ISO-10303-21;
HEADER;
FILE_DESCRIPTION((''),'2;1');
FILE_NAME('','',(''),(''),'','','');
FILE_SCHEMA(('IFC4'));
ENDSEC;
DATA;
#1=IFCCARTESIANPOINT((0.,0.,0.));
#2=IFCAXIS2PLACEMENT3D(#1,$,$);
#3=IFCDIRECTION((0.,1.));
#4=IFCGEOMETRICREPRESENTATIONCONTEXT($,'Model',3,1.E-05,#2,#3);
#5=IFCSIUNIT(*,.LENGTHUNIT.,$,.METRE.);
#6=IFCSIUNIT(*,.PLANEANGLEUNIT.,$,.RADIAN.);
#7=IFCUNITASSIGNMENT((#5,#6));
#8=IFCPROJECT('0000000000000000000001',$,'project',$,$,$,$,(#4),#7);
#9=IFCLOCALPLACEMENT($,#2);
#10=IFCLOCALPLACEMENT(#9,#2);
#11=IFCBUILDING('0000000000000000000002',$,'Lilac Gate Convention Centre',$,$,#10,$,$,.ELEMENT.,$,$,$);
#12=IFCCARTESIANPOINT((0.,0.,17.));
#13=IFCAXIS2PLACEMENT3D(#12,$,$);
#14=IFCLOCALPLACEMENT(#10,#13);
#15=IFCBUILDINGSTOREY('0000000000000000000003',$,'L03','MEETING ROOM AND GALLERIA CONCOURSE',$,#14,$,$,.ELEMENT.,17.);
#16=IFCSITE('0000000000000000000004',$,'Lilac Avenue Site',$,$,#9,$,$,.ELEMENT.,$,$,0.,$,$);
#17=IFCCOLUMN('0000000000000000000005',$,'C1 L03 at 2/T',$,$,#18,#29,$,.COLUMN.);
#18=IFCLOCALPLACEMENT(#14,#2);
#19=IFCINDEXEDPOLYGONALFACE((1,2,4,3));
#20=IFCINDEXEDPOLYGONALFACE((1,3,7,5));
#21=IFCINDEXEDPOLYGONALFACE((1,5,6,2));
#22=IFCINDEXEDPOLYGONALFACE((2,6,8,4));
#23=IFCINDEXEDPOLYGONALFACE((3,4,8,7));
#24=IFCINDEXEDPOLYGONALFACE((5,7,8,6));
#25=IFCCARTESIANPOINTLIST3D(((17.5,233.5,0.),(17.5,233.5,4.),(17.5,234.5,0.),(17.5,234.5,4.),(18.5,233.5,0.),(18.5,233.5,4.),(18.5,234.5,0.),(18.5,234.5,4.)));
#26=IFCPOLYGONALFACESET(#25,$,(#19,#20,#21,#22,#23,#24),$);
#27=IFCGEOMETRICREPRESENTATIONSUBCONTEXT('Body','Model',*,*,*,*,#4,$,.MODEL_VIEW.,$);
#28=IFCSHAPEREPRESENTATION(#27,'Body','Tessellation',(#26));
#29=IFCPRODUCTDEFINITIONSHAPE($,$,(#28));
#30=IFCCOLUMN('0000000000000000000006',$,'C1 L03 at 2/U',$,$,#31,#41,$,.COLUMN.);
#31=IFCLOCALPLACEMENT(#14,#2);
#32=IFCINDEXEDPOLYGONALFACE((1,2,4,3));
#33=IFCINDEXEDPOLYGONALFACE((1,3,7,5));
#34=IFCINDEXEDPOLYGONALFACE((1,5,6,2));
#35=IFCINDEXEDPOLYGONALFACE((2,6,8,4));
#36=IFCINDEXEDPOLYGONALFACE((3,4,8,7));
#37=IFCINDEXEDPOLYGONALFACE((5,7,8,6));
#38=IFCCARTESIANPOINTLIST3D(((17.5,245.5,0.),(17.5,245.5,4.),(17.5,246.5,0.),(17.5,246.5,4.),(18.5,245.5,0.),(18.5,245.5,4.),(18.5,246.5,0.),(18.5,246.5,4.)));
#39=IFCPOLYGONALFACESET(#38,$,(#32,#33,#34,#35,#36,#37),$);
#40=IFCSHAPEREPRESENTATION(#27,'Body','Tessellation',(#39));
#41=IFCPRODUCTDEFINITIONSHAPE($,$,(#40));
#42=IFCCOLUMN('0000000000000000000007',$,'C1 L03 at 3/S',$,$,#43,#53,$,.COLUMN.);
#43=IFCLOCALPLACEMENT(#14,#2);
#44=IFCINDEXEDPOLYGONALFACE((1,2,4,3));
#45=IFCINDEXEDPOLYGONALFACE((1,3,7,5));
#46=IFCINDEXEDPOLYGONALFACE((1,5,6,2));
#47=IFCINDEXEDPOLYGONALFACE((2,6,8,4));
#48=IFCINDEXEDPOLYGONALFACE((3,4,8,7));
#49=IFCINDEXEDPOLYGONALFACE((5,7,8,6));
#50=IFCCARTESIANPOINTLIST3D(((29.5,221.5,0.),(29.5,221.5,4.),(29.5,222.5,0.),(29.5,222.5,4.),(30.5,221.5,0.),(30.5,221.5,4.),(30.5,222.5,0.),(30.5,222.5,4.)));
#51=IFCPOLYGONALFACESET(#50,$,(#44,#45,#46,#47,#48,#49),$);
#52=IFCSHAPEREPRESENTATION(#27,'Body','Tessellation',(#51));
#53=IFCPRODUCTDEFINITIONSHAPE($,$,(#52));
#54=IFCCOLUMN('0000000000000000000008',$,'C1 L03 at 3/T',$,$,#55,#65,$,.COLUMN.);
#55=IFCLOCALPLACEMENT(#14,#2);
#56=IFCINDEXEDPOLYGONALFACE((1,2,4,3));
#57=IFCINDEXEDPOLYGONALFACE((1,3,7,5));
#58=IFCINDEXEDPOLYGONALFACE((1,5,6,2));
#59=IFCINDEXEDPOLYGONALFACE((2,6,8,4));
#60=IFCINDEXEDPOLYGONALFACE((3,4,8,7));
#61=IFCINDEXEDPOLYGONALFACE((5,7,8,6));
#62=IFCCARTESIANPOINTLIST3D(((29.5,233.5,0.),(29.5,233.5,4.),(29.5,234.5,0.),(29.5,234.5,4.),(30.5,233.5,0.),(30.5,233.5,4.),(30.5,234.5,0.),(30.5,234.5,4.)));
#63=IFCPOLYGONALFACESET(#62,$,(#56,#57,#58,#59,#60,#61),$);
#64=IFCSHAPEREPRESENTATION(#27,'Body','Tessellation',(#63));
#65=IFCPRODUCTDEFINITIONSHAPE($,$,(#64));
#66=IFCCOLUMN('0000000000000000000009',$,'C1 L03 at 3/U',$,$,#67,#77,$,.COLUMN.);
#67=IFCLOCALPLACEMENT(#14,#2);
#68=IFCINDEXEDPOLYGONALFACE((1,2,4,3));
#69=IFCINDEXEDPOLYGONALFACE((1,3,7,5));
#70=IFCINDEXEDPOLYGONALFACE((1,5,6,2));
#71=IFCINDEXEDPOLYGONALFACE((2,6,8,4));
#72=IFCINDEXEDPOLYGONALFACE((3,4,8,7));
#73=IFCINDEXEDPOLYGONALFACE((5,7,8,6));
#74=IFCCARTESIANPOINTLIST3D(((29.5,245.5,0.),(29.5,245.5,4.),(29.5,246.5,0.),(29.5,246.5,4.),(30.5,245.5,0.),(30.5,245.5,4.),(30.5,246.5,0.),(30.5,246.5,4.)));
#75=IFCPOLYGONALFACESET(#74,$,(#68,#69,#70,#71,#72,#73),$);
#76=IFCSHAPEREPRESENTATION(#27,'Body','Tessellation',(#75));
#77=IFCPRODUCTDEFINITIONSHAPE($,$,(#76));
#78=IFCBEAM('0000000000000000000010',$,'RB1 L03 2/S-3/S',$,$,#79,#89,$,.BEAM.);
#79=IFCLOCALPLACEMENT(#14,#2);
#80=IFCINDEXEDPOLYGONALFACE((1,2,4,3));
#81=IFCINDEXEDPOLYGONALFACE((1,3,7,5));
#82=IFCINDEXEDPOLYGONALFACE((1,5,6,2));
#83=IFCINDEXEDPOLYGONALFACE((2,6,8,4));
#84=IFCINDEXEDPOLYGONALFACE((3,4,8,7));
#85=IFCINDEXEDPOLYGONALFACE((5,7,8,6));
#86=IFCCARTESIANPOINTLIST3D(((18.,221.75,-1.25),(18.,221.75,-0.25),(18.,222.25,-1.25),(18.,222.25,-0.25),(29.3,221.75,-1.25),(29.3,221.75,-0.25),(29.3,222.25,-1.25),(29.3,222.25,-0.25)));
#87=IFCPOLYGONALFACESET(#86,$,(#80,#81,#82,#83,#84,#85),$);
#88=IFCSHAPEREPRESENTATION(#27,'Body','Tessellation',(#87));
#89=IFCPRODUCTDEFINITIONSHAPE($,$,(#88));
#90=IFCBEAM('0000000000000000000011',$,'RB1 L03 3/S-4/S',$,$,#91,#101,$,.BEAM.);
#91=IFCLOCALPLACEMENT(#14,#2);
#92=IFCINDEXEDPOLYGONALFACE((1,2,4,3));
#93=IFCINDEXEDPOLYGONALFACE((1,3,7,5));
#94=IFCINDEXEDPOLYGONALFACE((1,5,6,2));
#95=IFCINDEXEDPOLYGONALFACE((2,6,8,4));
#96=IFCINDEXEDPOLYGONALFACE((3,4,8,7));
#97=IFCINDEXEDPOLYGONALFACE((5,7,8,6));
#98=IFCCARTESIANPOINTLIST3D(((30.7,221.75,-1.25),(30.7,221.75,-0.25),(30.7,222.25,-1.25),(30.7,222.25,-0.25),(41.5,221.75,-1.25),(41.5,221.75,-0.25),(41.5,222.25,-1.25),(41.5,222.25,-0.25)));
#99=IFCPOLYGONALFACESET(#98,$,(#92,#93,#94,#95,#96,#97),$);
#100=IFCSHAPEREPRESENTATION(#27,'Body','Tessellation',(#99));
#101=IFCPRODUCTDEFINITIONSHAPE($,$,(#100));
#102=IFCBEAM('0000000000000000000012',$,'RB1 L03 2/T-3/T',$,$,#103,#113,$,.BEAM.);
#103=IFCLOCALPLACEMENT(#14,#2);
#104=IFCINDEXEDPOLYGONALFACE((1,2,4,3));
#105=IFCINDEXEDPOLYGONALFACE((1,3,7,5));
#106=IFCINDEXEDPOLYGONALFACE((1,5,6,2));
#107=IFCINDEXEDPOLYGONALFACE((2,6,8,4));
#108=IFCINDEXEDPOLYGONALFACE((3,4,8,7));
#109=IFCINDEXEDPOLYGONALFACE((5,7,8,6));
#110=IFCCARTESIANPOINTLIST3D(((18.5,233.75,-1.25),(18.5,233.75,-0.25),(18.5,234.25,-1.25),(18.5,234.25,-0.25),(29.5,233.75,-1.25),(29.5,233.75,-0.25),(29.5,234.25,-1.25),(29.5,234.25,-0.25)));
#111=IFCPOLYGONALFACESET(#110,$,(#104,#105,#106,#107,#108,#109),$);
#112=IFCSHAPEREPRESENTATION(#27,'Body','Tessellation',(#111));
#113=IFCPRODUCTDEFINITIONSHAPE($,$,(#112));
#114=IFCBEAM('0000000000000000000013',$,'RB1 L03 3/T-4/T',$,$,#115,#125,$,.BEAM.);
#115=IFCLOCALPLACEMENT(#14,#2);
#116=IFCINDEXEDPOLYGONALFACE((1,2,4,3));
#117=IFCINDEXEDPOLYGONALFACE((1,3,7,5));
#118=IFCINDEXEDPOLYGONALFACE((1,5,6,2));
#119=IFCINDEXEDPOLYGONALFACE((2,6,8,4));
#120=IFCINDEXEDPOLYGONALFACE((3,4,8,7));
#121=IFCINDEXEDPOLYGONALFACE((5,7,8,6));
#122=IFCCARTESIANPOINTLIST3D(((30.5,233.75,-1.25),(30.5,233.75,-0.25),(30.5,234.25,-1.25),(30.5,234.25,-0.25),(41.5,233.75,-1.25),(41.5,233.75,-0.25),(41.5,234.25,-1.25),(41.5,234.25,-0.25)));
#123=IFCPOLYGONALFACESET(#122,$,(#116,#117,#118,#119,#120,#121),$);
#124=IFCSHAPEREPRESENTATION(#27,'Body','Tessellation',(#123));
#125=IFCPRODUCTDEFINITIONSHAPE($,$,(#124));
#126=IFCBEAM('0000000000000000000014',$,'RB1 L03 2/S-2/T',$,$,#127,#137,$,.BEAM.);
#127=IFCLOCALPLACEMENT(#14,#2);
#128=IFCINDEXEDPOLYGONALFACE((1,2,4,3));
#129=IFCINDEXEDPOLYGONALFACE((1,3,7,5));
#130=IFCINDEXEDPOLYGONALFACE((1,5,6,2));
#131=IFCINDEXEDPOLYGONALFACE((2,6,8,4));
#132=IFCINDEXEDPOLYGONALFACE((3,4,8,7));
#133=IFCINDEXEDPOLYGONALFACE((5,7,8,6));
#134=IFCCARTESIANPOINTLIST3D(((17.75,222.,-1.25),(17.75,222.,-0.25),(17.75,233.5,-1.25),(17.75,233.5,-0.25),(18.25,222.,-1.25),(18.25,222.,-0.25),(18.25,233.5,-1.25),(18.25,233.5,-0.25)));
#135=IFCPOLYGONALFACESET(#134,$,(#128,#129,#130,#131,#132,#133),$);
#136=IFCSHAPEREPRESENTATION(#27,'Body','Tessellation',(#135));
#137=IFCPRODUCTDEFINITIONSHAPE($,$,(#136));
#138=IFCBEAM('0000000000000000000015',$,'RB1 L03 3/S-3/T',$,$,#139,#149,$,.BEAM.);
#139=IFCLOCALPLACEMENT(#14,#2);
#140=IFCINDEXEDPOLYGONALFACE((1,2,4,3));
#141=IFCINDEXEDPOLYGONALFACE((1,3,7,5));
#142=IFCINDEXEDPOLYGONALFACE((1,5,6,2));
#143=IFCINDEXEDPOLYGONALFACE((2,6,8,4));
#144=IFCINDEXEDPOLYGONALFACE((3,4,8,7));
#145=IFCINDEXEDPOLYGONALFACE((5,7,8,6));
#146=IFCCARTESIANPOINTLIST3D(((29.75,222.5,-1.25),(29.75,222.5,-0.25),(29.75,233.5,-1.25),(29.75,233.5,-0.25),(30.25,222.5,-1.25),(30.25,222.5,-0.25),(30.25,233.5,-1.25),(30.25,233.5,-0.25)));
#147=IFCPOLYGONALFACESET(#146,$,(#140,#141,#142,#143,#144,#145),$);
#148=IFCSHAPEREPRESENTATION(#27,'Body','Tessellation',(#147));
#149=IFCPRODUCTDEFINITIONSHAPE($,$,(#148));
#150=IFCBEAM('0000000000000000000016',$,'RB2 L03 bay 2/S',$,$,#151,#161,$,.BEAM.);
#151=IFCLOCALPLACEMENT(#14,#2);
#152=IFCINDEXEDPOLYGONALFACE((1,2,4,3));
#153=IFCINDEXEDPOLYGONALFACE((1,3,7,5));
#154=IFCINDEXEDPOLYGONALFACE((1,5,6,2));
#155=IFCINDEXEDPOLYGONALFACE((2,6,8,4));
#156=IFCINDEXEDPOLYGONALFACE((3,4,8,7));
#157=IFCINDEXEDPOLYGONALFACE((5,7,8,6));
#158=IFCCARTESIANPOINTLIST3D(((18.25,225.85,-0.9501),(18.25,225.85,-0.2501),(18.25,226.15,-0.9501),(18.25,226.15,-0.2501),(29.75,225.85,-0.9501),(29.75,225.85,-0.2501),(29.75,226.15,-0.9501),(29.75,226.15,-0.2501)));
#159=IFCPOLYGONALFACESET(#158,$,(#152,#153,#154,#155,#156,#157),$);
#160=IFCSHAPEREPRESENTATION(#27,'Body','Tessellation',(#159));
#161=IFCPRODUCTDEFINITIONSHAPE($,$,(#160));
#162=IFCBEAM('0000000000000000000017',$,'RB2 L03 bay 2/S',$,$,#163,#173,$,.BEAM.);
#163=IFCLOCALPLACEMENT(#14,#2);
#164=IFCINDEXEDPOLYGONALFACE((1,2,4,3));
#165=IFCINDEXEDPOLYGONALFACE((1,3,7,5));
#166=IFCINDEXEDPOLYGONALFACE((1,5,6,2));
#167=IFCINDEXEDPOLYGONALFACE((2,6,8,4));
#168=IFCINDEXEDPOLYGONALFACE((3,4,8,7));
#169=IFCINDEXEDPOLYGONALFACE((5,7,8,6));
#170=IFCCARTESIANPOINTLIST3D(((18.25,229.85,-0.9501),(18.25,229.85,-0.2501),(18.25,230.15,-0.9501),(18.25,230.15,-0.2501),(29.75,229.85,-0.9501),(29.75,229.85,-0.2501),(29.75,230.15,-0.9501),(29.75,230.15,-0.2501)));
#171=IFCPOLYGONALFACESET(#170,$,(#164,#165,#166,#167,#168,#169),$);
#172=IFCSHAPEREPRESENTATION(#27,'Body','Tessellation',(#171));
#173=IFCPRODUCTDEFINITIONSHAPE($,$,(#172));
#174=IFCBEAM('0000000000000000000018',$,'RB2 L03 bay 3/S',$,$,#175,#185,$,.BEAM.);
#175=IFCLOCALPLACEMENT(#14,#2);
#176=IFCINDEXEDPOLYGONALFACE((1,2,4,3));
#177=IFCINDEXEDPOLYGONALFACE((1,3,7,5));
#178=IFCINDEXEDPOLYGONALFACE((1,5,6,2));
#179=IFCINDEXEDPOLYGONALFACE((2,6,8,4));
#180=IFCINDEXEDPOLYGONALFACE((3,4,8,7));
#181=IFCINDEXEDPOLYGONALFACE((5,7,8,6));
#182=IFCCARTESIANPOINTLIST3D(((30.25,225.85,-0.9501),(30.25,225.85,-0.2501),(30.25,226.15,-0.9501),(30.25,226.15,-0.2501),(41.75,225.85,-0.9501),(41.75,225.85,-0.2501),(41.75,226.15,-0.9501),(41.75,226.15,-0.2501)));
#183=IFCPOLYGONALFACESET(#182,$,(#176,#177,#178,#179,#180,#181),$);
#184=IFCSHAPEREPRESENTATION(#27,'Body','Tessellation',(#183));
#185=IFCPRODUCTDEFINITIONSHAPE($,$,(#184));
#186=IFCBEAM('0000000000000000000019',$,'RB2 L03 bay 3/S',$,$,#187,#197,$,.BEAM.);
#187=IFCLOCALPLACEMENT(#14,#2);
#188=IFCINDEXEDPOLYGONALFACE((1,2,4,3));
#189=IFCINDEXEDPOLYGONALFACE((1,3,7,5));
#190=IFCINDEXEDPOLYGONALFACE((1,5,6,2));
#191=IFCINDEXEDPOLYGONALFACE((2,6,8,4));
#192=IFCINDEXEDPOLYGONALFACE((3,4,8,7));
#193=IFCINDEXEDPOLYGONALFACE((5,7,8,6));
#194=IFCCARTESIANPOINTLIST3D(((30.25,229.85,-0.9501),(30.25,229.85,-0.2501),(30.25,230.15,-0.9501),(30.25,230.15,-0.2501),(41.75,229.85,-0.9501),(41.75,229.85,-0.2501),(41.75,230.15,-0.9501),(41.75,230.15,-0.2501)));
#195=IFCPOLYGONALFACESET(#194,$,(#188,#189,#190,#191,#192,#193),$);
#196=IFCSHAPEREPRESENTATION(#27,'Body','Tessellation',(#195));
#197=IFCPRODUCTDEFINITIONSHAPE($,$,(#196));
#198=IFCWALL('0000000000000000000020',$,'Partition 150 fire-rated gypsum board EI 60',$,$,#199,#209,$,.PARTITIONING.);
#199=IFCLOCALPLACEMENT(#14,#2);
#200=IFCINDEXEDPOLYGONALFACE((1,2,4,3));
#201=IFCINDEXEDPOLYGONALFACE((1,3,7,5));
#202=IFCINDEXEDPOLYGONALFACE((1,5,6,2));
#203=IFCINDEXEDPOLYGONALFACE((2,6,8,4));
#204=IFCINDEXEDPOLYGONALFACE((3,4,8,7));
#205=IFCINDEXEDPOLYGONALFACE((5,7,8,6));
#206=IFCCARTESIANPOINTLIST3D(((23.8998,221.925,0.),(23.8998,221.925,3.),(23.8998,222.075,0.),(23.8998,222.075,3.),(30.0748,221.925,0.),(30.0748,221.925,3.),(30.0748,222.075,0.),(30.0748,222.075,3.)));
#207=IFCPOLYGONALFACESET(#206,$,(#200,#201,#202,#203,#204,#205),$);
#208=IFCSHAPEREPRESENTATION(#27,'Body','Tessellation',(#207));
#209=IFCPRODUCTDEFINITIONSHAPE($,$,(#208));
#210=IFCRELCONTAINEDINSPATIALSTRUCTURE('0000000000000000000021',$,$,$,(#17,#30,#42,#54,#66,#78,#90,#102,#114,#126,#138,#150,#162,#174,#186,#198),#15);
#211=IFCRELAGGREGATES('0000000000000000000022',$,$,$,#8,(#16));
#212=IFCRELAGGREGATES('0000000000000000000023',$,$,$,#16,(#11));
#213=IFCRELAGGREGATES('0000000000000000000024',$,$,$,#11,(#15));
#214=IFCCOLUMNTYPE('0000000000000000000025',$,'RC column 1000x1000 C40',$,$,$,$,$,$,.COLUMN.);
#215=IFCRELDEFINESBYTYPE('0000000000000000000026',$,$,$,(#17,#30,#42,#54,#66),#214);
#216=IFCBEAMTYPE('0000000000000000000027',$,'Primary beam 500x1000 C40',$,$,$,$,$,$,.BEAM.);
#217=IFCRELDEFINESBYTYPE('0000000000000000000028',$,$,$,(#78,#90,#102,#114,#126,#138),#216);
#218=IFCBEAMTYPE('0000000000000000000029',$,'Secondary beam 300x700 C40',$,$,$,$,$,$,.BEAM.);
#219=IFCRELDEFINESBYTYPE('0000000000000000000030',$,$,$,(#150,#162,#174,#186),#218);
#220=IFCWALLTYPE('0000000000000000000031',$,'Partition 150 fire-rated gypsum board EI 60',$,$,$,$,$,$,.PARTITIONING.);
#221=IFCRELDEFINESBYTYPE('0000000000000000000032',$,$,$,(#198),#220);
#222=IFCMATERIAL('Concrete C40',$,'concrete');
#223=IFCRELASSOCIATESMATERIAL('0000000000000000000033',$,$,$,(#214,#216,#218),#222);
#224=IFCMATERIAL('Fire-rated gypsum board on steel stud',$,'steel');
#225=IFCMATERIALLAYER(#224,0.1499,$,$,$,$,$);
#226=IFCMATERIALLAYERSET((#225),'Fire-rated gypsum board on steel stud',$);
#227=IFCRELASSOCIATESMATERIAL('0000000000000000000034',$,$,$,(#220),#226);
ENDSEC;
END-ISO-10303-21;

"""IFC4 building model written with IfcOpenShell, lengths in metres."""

from ifc_helpers import new_model, si_unit, direction, frame, frame_2d, origin, origin_2d, place, context, subcontext, project, spatial, rectangle, extrude, material, layer, layer_set, material_profile, profile_set, type_object, element, save


model = new_model("IFC4")

# Units and contexts
model_context = context("Model", 3, precision=1e-05, world=origin(), true_north=direction((0.0, 1.0)))
body_context = subcontext(model_context, "Body", "Model", "MODEL_VIEW")
ifc_project = project(units=[si_unit("LENGTHUNIT", "METRE"), si_unit("PLANEANGLEUNIT", "RADIAN")], contexts=[model_context])

# Site, building, storey
site_placement = place(None, origin())
site = spatial("IfcSite", under=ifc_project, at=site_placement, Name="Lilac Avenue Site", CompositionType="ELEMENT", RefElevation=0.0)
building_placement = place(site_placement, origin())
building = spatial("IfcBuilding", under=site, at=building_placement, Name="Lilac Gate Convention Centre", CompositionType="ELEMENT")
storey_placement = place(building_placement, frame((0.0, 0.0, 17.0)))
storey = spatial("IfcBuildingStorey", under=building, at=storey_placement, Name="L03", Description="MEETING ROOM AND GALLERIA CONCOURSE", CompositionType="ELEMENT", Elevation=17.0)

# Columns
ifc_material_1 = material(Name="Concrete C40", Category="concrete")
ifc_material_profile_1 = material_profile(ifc_material_1, rectangle(XDim=1.0, YDim=1.0, at=origin_2d()), Name="RC 1000x1000")
ifc_profile_set_1 = profile_set([ifc_material_profile_1], Name="Concrete C40")
column_type = type_object("IfcColumnType", Name="RC column 1000x1000 C40", PredefinedType="COLUMN", material=ifc_profile_set_1)
for number, where, z_axis, x_axis, name in (
    (1, (18.0, 234.0, 0.0), (0.0, 0.0, 1.0), (1.0, 0.0, 0.0), "C1 L03 at 2/T"),
    (2, (18.0, 246.0, 0.0), (0.0, 0.0, 1.0), (1.0, 0.0, 0.0), "C1 L03 at 2/U"),
    (3, (30.0, 222.0, 0.0), (0.0, 0.0, 1.0), (1.0, 0.0, 0.0), "C1 L03 at 3/S"),
    (4, (30.0, 234.0, 0.0), (0.0, 0.0, 1.0), (1.0, 0.0, 0.0), "C1 L03 at 3/T"),
    (5, (30.0, 246.0, 0.0), (0.0, 0.0, 1.0), (1.0, 0.0, 0.0), "C1 L03 at 3/U"),
):
    element("IfcColumn", number, at=place(storey_placement, frame(where, z_axis=z_axis, x_axis=x_axis)), inside=storey, type_object=column_type, Name=name, PredefinedType="COLUMN", context=body_context, shape_type="SweptSolid", body=[
        extrude(rectangle(XDim=1.0, YDim=1.0, at=origin_2d()), origin(), (0.0, 0.0, 1.0), 4.0),
    ])

# Beams
ifc_material_profile_2 = material_profile(ifc_material_1, rectangle(XDim=0.5, YDim=1.0, at=origin_2d()), Name="RC 500x1000")
ifc_profile_set_2 = profile_set([ifc_material_profile_2], Name="Concrete C40")
beam_type_1 = type_object("IfcBeamType", Name="Primary beam 500x1000 C40", PredefinedType="BEAM", material=ifc_profile_set_2)
beam_1_placement = place(storey_placement, frame((18.0, 222.0, -0.75), z_axis=(1.0, 0.0, 0.0), x_axis=(0.0, 1.0, 0.0)))
element("IfcBeam", 6, at=beam_1_placement, inside=storey, type_object=beam_type_1, Name="RB1 L03 2/S-3/S", PredefinedType="BEAM", context=body_context, shape_type="SweptSolid", body=[
    extrude(rectangle(XDim=0.5, YDim=1.0, at=origin_2d()), origin(), (0.0, 0.0, 1.0), 11.3),
])
beam_2_placement = place(storey_placement, frame((30.7, 222.0, -0.75), z_axis=(1.0, 0.0, 0.0), x_axis=(0.0, 1.0, 0.0)))
element("IfcBeam", 7, at=beam_2_placement, inside=storey, type_object=beam_type_1, Name="RB1 L03 3/S-4/S", PredefinedType="BEAM", context=body_context, shape_type="SweptSolid", body=[
    extrude(rectangle(XDim=0.5, YDim=1.0, at=origin_2d()), origin(), (0.0, 0.0, 1.0), 10.8),
])
for number, where, z_axis, x_axis, name in (
    (8, (18.5, 234.0, -0.75), (1.0, 0.0, 0.0), (0.0, 1.0, 0.0), "RB1 L03 2/T-3/T"),
    (9, (30.5, 234.0, -0.75), (1.0, 0.0, 0.0), (0.0, 1.0, 0.0), "RB1 L03 3/T-4/T"),
):
    element("IfcBeam", number, at=place(storey_placement, frame(where, z_axis=z_axis, x_axis=x_axis)), inside=storey, type_object=beam_type_1, Name=name, PredefinedType="BEAM", context=body_context, shape_type="SweptSolid", body=[
        extrude(rectangle(XDim=0.5, YDim=1.0, at=origin_2d()), origin(), (0.0, 0.0, 1.0), 11.0),
    ])
beam_3_placement = place(storey_placement, frame((18.0, 222.0, -0.75), z_axis=(0.0, 1.0, 0.0), x_axis=(-1.0, 0.0, 0.0)))
element("IfcBeam", 10, at=beam_3_placement, inside=storey, type_object=beam_type_1, Name="RB1 L03 2/S-2/T", PredefinedType="BEAM", context=body_context, shape_type="SweptSolid", body=[
    extrude(rectangle(XDim=0.5, YDim=1.0, at=origin_2d()), origin(), (0.0, 0.0, 1.0), 11.5),
])
beam_4_placement = place(storey_placement, frame((30.0, 222.5, -0.75), z_axis=(0.0, 1.0, 0.0), x_axis=(-1.0, 0.0, 0.0)))
element("IfcBeam", 11, at=beam_4_placement, inside=storey, type_object=beam_type_1, Name="RB1 L03 3/S-3/T", PredefinedType="BEAM", context=body_context, shape_type="SweptSolid", body=[
    extrude(rectangle(XDim=0.5, YDim=1.0, at=origin_2d()), origin(), (0.0, 0.0, 1.0), 11.0),
])
ifc_material_profile_3 = material_profile(ifc_material_1, rectangle(XDim=0.3, YDim=0.7, at=origin_2d()), Name="RC 300x700")
ifc_profile_set_3 = profile_set([ifc_material_profile_3], Name="Concrete C40")
beam_type_2 = type_object("IfcBeamType", Name="Secondary beam 300x700 C40", PredefinedType="BEAM", material=ifc_profile_set_3)
for number, where, z_axis, x_axis, name in (
    (12, (18.25, 226.0, -0.6001), (1.0, 0.0, 0.0), (0.0, 1.0, 0.0), "RB2 L03 bay 2/S"),
    (13, (18.25, 230.0, -0.6001), (1.0, 0.0, 0.0), (0.0, 1.0, 0.0), "RB2 L03 bay 2/S"),
    (14, (30.25, 226.0, -0.6001), (1.0, 0.0, 0.0), (0.0, 1.0, 0.0), "RB2 L03 bay 3/S"),
    (15, (30.25, 230.0, -0.6001), (1.0, 0.0, 0.0), (0.0, 1.0, 0.0), "RB2 L03 bay 3/S"),
):
    element("IfcBeam", number, at=place(storey_placement, frame(where, z_axis=z_axis, x_axis=x_axis)), inside=storey, type_object=beam_type_2, Name=name, PredefinedType="BEAM", context=body_context, shape_type="SweptSolid", body=[
        extrude(rectangle(XDim=0.3, YDim=0.7, at=origin_2d()), origin(), (0.0, 0.0, 1.0), 11.5),
    ])

# Wall
ifc_material_2 = material(Name="Fire-rated gypsum board on steel stud", Category="steel")
ifc_layer_1 = layer(ifc_material_2, 0.1499)
ifc_layer_set_1 = layer_set([ifc_layer_1], Name="Fire-rated gypsum board on steel stud")
wall_type_1 = type_object("IfcWallType", Name="Partition 150 fire-rated gypsum board EI 60", PredefinedType="PARTITIONING", material=ifc_layer_set_1)
wall_1_placement = place(storey_placement, frame((23.8999, 222.0, 0.0), z_axis=(0.0, 0.0, 1.0), x_axis=(1.0, 0.0, 0.0)))
element("IfcWall", 16, at=wall_1_placement, inside=storey, type_object=wall_type_1, Name="Partition 150 fire-rated gypsum board EI 60", PredefinedType="PARTITIONING", context=body_context, shape_type="SweptSolid", body=[
    extrude(rectangle(XDim=6.175, YDim=0.1499, at=frame_2d((3.0874, 0.0))), origin(), (0.0, 0.0, 1.0), 3.0),
])

save(model, "model.ifc")
